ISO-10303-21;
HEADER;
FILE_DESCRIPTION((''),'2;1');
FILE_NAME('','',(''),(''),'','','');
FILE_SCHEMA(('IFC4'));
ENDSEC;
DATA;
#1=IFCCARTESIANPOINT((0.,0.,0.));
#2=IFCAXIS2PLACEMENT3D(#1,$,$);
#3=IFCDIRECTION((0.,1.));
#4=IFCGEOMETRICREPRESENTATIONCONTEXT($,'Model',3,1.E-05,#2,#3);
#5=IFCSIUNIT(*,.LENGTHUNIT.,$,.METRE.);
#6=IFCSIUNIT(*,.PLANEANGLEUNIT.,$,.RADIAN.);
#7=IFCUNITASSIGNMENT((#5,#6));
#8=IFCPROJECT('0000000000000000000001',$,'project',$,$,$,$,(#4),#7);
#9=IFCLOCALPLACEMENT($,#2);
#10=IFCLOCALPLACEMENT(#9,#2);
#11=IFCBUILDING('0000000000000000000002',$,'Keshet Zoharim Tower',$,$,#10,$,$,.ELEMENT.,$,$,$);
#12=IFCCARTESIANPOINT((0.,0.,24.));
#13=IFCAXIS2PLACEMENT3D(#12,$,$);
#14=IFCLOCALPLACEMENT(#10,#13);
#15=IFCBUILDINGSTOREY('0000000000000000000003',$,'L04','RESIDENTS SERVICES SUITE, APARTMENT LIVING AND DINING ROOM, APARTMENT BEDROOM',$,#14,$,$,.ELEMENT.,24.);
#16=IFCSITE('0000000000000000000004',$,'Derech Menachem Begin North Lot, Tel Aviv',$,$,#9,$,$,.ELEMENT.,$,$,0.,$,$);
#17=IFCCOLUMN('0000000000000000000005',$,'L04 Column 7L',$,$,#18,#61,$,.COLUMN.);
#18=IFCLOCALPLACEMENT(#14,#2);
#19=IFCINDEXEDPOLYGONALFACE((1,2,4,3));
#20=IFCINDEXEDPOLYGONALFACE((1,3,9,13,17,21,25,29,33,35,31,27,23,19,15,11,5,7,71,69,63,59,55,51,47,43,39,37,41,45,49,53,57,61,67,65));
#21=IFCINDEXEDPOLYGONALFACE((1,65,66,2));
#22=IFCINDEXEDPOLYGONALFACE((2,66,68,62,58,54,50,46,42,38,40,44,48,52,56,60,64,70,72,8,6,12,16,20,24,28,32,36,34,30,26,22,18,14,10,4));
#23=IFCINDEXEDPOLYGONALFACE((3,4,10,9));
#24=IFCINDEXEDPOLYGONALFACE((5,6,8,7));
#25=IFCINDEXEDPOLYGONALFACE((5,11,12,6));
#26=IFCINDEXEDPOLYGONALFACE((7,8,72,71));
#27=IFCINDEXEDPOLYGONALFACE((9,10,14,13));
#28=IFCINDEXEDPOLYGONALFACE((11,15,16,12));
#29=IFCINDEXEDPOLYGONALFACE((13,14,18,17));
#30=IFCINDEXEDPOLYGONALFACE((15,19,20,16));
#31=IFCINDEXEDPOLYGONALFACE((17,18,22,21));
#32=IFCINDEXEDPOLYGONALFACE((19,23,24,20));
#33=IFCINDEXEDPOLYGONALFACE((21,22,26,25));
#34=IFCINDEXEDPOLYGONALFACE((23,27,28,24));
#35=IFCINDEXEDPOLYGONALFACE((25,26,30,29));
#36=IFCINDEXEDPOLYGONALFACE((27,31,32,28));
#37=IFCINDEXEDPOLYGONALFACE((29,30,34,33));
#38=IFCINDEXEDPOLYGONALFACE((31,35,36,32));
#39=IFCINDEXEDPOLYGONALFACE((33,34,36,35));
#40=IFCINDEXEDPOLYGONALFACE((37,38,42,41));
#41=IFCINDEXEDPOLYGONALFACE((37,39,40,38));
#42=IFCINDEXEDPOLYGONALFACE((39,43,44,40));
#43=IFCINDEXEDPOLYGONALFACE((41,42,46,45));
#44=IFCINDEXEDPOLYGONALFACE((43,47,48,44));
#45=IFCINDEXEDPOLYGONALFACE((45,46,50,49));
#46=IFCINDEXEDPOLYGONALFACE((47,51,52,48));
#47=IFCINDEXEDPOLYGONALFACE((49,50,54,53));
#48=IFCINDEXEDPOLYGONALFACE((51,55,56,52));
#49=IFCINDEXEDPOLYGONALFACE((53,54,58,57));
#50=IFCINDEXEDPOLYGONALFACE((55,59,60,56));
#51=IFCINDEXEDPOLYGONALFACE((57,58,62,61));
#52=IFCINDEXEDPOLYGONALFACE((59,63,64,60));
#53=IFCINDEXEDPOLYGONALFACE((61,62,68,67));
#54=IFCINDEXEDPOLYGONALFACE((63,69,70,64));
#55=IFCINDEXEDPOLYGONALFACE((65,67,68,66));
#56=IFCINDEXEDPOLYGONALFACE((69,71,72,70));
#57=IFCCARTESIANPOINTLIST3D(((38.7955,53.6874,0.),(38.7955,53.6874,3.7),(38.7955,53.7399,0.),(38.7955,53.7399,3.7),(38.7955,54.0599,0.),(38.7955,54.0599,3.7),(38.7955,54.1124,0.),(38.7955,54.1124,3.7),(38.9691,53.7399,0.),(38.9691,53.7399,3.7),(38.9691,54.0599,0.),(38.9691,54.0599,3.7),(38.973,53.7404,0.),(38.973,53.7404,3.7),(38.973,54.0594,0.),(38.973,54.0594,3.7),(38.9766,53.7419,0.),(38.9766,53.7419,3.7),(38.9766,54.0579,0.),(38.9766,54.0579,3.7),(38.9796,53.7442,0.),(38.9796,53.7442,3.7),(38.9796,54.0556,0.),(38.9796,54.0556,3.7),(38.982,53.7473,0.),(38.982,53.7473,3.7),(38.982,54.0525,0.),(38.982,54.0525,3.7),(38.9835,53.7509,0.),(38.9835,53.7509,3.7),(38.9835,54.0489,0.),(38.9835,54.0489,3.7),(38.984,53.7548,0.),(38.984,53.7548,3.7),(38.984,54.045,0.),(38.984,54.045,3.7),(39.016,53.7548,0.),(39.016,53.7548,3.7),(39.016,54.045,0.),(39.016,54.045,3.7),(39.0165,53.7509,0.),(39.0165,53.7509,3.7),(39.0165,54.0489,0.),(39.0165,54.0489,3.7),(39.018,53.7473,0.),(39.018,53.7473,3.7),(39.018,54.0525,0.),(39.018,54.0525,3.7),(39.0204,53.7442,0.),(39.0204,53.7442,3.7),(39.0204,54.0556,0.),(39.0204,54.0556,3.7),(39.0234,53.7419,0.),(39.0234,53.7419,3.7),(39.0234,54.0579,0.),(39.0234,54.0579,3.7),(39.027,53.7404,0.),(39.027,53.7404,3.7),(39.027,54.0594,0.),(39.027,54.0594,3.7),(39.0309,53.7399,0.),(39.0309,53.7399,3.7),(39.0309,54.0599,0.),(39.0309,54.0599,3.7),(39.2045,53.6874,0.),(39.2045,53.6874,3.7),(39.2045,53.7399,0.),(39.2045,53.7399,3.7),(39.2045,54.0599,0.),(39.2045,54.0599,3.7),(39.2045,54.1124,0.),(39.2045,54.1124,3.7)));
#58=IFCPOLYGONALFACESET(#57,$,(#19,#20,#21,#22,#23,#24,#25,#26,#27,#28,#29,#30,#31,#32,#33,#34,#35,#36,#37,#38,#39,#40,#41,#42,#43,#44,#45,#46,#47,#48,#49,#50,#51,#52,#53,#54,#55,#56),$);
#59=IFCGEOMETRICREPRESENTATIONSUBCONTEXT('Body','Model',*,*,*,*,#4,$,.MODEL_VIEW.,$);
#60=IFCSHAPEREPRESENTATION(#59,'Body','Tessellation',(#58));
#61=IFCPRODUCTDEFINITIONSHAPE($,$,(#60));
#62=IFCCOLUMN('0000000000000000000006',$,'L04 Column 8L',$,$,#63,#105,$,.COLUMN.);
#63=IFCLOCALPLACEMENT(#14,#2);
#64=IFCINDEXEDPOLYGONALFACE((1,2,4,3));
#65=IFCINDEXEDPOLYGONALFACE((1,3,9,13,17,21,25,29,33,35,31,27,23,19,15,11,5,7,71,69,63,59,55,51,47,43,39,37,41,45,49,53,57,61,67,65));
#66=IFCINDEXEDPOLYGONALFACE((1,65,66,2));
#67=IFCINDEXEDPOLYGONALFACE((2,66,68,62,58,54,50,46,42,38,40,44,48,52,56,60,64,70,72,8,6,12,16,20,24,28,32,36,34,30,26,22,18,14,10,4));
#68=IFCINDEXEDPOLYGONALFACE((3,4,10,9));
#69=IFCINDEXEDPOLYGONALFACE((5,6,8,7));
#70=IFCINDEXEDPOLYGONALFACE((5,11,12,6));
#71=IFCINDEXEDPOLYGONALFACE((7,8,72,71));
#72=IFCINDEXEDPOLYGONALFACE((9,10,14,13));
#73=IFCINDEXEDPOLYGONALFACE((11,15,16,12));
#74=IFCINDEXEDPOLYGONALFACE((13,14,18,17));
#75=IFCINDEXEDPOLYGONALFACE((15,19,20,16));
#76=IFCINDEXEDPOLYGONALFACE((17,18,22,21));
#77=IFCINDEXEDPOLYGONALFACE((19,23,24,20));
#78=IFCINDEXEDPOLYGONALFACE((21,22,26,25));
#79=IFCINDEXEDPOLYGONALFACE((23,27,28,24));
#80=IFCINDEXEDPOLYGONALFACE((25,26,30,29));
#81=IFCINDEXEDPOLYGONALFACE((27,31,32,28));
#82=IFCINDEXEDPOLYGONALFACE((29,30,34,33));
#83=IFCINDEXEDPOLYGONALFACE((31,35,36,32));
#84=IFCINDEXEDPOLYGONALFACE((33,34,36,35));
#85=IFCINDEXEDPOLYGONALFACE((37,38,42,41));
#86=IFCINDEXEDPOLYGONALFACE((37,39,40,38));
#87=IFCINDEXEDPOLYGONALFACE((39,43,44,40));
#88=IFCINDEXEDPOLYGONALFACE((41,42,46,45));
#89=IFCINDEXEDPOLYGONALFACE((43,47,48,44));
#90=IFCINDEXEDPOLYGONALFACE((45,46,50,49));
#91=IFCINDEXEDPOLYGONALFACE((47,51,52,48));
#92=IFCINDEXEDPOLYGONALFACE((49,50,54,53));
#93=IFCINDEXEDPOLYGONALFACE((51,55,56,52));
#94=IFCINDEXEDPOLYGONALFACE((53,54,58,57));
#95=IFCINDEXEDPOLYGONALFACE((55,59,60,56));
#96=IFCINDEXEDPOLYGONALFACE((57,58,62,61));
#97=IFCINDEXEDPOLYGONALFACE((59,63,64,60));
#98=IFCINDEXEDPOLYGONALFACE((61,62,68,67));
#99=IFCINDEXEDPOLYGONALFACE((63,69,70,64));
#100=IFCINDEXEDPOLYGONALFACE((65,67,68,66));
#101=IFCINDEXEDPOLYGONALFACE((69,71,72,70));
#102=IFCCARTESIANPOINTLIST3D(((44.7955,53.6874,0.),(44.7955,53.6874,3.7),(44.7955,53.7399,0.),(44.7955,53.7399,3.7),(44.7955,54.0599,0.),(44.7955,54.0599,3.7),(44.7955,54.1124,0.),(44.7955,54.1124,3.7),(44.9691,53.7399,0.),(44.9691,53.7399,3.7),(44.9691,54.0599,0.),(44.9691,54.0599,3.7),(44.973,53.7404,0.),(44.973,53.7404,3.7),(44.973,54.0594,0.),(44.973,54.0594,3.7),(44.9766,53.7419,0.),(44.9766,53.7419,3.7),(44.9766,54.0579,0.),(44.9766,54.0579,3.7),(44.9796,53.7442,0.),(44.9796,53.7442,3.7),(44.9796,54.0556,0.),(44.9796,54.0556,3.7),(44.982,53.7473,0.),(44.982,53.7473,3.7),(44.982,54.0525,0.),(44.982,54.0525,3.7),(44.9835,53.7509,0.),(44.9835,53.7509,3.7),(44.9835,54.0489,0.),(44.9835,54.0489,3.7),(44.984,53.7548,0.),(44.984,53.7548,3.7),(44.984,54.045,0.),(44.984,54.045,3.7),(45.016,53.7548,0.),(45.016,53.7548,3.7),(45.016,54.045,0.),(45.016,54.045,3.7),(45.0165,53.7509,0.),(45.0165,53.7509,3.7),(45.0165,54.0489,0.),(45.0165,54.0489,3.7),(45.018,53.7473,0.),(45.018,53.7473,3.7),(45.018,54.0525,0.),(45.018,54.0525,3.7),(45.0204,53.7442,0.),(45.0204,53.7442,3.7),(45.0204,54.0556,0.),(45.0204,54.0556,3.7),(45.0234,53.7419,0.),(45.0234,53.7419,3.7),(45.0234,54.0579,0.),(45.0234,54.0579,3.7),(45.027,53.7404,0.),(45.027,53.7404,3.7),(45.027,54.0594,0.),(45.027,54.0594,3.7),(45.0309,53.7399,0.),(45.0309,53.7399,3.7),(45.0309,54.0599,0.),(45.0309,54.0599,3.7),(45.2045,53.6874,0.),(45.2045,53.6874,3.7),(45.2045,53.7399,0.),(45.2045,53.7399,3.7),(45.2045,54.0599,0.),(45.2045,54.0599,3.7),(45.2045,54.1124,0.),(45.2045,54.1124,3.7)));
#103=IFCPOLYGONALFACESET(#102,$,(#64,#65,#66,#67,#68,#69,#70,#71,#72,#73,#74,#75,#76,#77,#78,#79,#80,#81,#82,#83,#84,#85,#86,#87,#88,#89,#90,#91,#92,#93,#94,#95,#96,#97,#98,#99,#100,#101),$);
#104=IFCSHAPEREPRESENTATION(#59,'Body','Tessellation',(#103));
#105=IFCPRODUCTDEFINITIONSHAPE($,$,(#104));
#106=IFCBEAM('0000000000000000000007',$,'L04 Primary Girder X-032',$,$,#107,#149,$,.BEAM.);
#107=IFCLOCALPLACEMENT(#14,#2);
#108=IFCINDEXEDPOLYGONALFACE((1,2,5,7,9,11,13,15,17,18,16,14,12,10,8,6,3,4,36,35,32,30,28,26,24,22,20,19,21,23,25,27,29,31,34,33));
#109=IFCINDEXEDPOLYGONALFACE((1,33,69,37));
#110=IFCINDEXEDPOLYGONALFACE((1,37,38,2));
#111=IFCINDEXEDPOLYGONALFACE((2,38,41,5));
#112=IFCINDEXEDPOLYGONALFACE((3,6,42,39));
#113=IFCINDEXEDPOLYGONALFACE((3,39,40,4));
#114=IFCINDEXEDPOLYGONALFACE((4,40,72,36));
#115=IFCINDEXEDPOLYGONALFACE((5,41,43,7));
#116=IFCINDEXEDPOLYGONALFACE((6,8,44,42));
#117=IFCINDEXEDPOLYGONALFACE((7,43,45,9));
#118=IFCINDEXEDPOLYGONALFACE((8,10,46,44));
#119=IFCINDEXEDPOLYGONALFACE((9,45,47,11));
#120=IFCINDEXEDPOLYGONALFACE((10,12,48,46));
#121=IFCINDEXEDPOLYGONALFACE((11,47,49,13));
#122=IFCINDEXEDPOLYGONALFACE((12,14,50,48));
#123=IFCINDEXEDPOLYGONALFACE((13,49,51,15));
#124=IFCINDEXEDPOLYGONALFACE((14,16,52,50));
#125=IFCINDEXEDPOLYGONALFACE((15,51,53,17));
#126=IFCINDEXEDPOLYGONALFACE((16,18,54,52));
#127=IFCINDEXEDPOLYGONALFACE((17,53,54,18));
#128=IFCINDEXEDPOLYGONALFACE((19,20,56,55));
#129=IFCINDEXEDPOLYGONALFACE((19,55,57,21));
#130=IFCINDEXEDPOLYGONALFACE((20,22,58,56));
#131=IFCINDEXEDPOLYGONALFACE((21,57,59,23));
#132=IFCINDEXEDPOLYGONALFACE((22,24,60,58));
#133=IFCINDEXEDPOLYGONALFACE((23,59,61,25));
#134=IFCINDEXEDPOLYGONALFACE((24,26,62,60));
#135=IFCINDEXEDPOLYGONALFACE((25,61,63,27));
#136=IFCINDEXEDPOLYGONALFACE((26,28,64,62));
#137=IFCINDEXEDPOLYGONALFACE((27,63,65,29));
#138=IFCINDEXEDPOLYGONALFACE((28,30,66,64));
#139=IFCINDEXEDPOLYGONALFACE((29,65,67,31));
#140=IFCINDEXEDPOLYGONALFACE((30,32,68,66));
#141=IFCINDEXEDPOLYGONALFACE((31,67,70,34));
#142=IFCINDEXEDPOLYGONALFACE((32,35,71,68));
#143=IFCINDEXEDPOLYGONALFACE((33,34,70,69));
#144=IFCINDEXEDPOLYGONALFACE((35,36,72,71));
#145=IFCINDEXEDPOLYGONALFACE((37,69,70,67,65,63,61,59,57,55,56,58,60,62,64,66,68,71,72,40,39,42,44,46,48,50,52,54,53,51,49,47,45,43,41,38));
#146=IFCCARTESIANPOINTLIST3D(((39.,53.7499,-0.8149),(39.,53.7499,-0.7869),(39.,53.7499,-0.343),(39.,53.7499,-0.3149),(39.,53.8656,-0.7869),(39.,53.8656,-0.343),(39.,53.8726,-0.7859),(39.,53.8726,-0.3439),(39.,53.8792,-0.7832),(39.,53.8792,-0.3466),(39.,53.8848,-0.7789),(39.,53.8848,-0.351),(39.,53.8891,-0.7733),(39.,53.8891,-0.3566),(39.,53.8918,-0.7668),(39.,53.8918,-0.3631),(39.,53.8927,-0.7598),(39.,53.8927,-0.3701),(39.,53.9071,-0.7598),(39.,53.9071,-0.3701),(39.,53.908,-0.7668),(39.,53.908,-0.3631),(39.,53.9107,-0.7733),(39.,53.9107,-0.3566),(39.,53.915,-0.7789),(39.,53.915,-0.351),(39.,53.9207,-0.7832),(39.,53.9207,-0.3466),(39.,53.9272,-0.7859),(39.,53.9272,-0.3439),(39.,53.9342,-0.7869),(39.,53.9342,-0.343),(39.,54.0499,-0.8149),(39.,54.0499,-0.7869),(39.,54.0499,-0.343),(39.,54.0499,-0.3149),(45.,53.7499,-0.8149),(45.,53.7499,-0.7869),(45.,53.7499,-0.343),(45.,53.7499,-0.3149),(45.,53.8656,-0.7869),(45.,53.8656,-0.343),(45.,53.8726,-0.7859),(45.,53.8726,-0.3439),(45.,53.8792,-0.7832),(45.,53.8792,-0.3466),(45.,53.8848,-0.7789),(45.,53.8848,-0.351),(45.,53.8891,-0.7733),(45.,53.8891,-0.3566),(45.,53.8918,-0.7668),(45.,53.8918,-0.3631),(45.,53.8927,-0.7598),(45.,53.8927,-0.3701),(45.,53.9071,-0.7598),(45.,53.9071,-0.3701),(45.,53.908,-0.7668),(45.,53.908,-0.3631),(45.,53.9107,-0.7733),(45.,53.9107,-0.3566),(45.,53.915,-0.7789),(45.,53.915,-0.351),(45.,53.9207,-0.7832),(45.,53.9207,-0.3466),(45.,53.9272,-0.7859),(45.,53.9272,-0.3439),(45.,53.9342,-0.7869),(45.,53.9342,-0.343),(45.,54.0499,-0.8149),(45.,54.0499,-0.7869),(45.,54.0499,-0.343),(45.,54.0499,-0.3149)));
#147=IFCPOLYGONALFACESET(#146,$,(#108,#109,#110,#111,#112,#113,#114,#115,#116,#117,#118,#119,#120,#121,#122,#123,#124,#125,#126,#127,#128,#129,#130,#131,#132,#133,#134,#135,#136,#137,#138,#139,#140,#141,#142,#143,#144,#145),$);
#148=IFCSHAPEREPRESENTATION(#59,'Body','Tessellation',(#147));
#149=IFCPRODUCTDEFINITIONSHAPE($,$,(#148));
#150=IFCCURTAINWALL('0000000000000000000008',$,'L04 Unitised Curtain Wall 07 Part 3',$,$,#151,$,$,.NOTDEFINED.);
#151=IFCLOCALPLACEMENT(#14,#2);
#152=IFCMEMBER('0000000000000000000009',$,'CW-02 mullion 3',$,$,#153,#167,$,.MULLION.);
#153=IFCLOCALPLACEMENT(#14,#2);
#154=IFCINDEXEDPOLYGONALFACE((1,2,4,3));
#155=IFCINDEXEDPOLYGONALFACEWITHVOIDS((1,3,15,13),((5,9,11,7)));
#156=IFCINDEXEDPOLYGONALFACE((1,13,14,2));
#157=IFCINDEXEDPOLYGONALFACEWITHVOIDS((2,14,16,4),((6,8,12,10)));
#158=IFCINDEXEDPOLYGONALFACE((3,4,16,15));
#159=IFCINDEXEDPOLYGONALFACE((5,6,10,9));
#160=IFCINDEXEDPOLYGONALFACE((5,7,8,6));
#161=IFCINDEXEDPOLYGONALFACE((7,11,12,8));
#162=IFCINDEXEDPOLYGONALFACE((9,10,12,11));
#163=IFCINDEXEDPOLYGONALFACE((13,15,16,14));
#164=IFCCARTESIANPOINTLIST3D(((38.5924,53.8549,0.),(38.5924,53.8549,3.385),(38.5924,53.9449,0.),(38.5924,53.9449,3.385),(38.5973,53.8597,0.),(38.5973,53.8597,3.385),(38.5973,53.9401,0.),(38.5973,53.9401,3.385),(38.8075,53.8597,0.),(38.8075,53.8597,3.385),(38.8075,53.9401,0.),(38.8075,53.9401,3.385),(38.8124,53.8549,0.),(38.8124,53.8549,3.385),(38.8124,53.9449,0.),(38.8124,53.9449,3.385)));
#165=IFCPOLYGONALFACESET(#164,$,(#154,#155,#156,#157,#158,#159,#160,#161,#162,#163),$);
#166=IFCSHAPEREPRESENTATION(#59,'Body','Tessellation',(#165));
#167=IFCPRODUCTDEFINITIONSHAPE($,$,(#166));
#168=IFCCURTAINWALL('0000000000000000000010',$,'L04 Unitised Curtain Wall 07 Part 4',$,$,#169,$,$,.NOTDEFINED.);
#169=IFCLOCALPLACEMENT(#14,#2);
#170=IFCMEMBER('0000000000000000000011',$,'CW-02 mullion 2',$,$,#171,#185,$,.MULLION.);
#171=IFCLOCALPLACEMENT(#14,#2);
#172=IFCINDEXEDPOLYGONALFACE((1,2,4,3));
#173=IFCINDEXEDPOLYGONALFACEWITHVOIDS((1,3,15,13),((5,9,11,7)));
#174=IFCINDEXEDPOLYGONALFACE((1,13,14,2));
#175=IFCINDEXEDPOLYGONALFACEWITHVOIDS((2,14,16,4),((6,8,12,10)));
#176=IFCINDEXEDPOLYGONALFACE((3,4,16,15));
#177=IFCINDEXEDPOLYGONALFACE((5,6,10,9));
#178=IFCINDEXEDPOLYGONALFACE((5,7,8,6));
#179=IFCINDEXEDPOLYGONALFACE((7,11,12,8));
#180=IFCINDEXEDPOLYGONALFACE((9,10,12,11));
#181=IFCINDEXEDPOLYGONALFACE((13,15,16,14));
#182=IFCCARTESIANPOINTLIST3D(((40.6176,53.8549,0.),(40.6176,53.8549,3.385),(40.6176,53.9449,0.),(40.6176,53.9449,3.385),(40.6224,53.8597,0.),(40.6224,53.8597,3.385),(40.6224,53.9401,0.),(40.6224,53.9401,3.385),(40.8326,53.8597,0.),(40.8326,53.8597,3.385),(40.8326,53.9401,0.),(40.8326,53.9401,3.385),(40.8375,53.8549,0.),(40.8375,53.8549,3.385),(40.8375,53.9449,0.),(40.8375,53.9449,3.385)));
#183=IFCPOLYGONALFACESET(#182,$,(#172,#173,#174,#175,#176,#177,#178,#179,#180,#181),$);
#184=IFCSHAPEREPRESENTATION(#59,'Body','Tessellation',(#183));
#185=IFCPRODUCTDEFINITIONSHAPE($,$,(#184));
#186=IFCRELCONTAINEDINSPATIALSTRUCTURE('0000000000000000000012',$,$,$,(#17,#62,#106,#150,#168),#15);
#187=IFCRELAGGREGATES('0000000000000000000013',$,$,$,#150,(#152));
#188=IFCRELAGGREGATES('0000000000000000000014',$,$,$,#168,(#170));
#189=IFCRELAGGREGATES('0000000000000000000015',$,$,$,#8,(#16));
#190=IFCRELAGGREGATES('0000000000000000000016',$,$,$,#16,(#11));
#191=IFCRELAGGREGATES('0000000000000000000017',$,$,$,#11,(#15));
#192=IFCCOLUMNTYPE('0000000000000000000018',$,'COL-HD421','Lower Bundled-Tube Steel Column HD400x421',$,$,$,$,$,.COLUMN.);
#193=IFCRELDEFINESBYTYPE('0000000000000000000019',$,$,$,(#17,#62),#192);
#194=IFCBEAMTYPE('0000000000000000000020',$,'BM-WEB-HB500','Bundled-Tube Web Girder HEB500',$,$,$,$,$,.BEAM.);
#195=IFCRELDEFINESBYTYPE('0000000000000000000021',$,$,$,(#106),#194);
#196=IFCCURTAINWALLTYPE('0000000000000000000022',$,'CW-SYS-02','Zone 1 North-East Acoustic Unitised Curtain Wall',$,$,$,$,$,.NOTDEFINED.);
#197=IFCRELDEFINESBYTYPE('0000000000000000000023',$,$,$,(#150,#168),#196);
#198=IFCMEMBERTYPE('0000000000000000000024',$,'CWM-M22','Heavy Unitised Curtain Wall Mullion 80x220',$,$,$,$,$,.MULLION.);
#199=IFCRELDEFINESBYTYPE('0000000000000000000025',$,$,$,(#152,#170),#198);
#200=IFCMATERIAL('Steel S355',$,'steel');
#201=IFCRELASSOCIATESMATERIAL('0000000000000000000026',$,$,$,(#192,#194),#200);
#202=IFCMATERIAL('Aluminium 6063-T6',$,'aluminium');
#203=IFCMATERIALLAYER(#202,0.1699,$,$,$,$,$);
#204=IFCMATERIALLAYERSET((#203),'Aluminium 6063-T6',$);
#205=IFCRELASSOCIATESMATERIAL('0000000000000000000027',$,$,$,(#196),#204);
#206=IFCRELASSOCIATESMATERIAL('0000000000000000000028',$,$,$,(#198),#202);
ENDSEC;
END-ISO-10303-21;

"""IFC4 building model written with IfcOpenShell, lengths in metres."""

from ifc_helpers import new_model, si_unit, direction, frame, origin, origin_2d, place, context, subcontext, project, spatial, hollow_rectangle, i_section, extrude, material, layer, layer_set, material_profile, profile_set, type_object, element, aggregate, save


model = new_model("IFC4")

# Units and contexts
model_context = context("Model", 3, precision=1e-05, world=origin(), true_north=direction((0.0, 1.0)))
body_context = subcontext(model_context, "Body", "Model", "MODEL_VIEW")
ifc_project = project(units=[si_unit("LENGTHUNIT", "METRE"), si_unit("PLANEANGLEUNIT", "RADIAN")], contexts=[model_context])

# Site, building, storey
site_placement = place(None, origin())
site = spatial("IfcSite", under=ifc_project, at=site_placement, Name="Derech Menachem Begin North Lot, Tel Aviv", CompositionType="ELEMENT", RefElevation=0.0)
building_placement = place(site_placement, origin())
building = spatial("IfcBuilding", under=site, at=building_placement, Name="Keshet Zoharim Tower", CompositionType="ELEMENT")
storey_placement = place(building_placement, frame((0.0, 0.0, 24.0)))
storey = spatial("IfcBuildingStorey", under=building, at=storey_placement, Name="L04", Description="RESIDENTS SERVICES SUITE, APARTMENT LIVING AND DINING ROOM, APARTMENT BEDROOM", CompositionType="ELEMENT", Elevation=24.0)

# Columns
ifc_material_1 = material(Name="Steel S355", Category="steel")
ifc_material_profile_1 = material_profile(ifc_material_1, i_section(OverallWidth=0.4089, OverallDepth=0.425, WebThickness=0.032, FlangeThickness=0.0525, FilletRadius=0.0149, at=origin_2d()), Name="HD400x421")
ifc_profile_set_1 = profile_set([ifc_material_profile_1], Name="Steel S355")
column_type = type_object("IfcColumnType", Name="COL-HD421", Description="Lower Bundled-Tube Steel Column HD400x421", PredefinedType="COLUMN", material=ifc_profile_set_1)
for number, where, z_axis, x_axis, name in (
    (1, (39.0, 53.8999, 0.0), (0.0, 0.0, 1.0), (1.0, 0.0, 0.0), "L04 Column 7L"),
    (2, (45.0, 53.8999, 0.0), (0.0, 0.0, 1.0), (1.0, 0.0, 0.0), "L04 Column 8L"),
):
    element("IfcColumn", number, at=place(storey_placement, frame(where, z_axis=z_axis, x_axis=x_axis)), inside=storey, type_object=column_type, Name=name, PredefinedType="COLUMN", context=body_context, shape_type="SweptSolid", body=[
        extrude(i_section(OverallWidth=0.4089, OverallDepth=0.425, WebThickness=0.032, FlangeThickness=0.0525, FilletRadius=0.0149, at=origin_2d()), origin(), (0.0, 0.0, 1.0), 3.7),
    ])

# Beam
ifc_material_profile_2 = material_profile(ifc_material_1, i_section(OverallWidth=0.3, OverallDepth=0.5, WebThickness=0.0144, FlangeThickness=0.0281, FilletRadius=0.0271, at=origin_2d()), Name="HEB500")
ifc_profile_set_2 = profile_set([ifc_material_profile_2], Name="Steel S355")
beam_type = type_object("IfcBeamType", Name="BM-WEB-HB500", Description="Bundled-Tube Web Girder HEB500", PredefinedType="BEAM", material=ifc_profile_set_2)
beam_placement = place(storey_placement, frame((39.0, 53.8999, -0.5649), z_axis=(1.0, 0.0, 0.0), x_axis=(0.0, 1.0, 0.0)))
element("IfcBeam", 3, at=beam_placement, inside=storey, type_object=beam_type, Name="L04 Primary Girder X-032", PredefinedType="BEAM", context=body_context, shape_type="SweptSolid", body=[
    extrude(i_section(OverallWidth=0.3, OverallDepth=0.5, WebThickness=0.0144, FlangeThickness=0.0281, FilletRadius=0.0271, at=origin_2d()), origin(), (0.0, 0.0, 1.0), 6.0),
])

# Curtain wall, member
ifc_material_2 = material(Name="Aluminium 6063-T6", Category="aluminium")
ifc_layer_1 = layer(ifc_material_2, 0.1699)
ifc_layer_set_1 = layer_set([ifc_layer_1], Name="Aluminium 6063-T6")
curtain_wall_type = type_object("IfcCurtainWallType", Name="CW-SYS-02", Description="Zone 1 North-East Acoustic Unitised Curtain Wall", PredefinedType="NOTDEFINED", material=ifc_layer_set_1)
curtain_wall_1_placement = place(storey_placement, origin())
curtain_wall_1 = element("IfcCurtainWall", 4, at=curtain_wall_1_placement, inside=storey, type_object=curtain_wall_type, Name="L04 Unitised Curtain Wall 07 Part 3", PredefinedType="NOTDEFINED")
ifc_material_profile_3 = material_profile(ifc_material_2, hollow_rectangle(XDim=0.0901, YDim=0.22, WallThickness=0.0049, at=origin_2d()), Name="MUL-90x220")
ifc_profile_set_3 = profile_set([ifc_material_profile_3], Name="Aluminium 6063-T6")
member_type_1 = type_object("IfcMemberType", Name="CWM-M22", Description="Heavy Unitised Curtain Wall Mullion 80x220", PredefinedType="MULLION", material=ifc_profile_set_3)
member_1_placement = place(storey_placement, frame((38.7024, 53.8999, 0.0), z_axis=(0.0, 0.0, 1.0), x_axis=(0.0, 1.0, 0.0)))
member_1 = element("IfcMember", 5, at=member_1_placement, type_object=member_type_1, Name="CW-02 mullion 3", PredefinedType="MULLION", context=body_context, shape_type="SweptSolid", body=[
    extrude(hollow_rectangle(XDim=0.0901, YDim=0.22, WallThickness=0.0049, at=origin_2d()), origin(), (0.0, 0.0, 1.0), 3.385),
])

# Curtain wall, member
curtain_wall_2_placement = place(storey_placement, origin())
curtain_wall_2 = element("IfcCurtainWall", 6, at=curtain_wall_2_placement, inside=storey, type_object=curtain_wall_type, Name="L04 Unitised Curtain Wall 07 Part 4", PredefinedType="NOTDEFINED")
member_2_placement = place(storey_placement, frame((40.7275, 53.8999, 0.0), z_axis=(0.0, 0.0, 1.0), x_axis=(0.0, 1.0, 0.0)))
member_2 = element("IfcMember", 7, at=member_2_placement, type_object=member_type_1, Name="CW-02 mullion 2", PredefinedType="MULLION", context=body_context, shape_type="SweptSolid", body=[
    extrude(hollow_rectangle(XDim=0.0901, YDim=0.22, WallThickness=0.0049, at=origin_2d()), origin(), (0.0, 0.0, 1.0), 3.385),
])

aggregate(curtain_wall_1, [member_1])
aggregate(curtain_wall_2, [member_2])

save(model, "model.ifc")
